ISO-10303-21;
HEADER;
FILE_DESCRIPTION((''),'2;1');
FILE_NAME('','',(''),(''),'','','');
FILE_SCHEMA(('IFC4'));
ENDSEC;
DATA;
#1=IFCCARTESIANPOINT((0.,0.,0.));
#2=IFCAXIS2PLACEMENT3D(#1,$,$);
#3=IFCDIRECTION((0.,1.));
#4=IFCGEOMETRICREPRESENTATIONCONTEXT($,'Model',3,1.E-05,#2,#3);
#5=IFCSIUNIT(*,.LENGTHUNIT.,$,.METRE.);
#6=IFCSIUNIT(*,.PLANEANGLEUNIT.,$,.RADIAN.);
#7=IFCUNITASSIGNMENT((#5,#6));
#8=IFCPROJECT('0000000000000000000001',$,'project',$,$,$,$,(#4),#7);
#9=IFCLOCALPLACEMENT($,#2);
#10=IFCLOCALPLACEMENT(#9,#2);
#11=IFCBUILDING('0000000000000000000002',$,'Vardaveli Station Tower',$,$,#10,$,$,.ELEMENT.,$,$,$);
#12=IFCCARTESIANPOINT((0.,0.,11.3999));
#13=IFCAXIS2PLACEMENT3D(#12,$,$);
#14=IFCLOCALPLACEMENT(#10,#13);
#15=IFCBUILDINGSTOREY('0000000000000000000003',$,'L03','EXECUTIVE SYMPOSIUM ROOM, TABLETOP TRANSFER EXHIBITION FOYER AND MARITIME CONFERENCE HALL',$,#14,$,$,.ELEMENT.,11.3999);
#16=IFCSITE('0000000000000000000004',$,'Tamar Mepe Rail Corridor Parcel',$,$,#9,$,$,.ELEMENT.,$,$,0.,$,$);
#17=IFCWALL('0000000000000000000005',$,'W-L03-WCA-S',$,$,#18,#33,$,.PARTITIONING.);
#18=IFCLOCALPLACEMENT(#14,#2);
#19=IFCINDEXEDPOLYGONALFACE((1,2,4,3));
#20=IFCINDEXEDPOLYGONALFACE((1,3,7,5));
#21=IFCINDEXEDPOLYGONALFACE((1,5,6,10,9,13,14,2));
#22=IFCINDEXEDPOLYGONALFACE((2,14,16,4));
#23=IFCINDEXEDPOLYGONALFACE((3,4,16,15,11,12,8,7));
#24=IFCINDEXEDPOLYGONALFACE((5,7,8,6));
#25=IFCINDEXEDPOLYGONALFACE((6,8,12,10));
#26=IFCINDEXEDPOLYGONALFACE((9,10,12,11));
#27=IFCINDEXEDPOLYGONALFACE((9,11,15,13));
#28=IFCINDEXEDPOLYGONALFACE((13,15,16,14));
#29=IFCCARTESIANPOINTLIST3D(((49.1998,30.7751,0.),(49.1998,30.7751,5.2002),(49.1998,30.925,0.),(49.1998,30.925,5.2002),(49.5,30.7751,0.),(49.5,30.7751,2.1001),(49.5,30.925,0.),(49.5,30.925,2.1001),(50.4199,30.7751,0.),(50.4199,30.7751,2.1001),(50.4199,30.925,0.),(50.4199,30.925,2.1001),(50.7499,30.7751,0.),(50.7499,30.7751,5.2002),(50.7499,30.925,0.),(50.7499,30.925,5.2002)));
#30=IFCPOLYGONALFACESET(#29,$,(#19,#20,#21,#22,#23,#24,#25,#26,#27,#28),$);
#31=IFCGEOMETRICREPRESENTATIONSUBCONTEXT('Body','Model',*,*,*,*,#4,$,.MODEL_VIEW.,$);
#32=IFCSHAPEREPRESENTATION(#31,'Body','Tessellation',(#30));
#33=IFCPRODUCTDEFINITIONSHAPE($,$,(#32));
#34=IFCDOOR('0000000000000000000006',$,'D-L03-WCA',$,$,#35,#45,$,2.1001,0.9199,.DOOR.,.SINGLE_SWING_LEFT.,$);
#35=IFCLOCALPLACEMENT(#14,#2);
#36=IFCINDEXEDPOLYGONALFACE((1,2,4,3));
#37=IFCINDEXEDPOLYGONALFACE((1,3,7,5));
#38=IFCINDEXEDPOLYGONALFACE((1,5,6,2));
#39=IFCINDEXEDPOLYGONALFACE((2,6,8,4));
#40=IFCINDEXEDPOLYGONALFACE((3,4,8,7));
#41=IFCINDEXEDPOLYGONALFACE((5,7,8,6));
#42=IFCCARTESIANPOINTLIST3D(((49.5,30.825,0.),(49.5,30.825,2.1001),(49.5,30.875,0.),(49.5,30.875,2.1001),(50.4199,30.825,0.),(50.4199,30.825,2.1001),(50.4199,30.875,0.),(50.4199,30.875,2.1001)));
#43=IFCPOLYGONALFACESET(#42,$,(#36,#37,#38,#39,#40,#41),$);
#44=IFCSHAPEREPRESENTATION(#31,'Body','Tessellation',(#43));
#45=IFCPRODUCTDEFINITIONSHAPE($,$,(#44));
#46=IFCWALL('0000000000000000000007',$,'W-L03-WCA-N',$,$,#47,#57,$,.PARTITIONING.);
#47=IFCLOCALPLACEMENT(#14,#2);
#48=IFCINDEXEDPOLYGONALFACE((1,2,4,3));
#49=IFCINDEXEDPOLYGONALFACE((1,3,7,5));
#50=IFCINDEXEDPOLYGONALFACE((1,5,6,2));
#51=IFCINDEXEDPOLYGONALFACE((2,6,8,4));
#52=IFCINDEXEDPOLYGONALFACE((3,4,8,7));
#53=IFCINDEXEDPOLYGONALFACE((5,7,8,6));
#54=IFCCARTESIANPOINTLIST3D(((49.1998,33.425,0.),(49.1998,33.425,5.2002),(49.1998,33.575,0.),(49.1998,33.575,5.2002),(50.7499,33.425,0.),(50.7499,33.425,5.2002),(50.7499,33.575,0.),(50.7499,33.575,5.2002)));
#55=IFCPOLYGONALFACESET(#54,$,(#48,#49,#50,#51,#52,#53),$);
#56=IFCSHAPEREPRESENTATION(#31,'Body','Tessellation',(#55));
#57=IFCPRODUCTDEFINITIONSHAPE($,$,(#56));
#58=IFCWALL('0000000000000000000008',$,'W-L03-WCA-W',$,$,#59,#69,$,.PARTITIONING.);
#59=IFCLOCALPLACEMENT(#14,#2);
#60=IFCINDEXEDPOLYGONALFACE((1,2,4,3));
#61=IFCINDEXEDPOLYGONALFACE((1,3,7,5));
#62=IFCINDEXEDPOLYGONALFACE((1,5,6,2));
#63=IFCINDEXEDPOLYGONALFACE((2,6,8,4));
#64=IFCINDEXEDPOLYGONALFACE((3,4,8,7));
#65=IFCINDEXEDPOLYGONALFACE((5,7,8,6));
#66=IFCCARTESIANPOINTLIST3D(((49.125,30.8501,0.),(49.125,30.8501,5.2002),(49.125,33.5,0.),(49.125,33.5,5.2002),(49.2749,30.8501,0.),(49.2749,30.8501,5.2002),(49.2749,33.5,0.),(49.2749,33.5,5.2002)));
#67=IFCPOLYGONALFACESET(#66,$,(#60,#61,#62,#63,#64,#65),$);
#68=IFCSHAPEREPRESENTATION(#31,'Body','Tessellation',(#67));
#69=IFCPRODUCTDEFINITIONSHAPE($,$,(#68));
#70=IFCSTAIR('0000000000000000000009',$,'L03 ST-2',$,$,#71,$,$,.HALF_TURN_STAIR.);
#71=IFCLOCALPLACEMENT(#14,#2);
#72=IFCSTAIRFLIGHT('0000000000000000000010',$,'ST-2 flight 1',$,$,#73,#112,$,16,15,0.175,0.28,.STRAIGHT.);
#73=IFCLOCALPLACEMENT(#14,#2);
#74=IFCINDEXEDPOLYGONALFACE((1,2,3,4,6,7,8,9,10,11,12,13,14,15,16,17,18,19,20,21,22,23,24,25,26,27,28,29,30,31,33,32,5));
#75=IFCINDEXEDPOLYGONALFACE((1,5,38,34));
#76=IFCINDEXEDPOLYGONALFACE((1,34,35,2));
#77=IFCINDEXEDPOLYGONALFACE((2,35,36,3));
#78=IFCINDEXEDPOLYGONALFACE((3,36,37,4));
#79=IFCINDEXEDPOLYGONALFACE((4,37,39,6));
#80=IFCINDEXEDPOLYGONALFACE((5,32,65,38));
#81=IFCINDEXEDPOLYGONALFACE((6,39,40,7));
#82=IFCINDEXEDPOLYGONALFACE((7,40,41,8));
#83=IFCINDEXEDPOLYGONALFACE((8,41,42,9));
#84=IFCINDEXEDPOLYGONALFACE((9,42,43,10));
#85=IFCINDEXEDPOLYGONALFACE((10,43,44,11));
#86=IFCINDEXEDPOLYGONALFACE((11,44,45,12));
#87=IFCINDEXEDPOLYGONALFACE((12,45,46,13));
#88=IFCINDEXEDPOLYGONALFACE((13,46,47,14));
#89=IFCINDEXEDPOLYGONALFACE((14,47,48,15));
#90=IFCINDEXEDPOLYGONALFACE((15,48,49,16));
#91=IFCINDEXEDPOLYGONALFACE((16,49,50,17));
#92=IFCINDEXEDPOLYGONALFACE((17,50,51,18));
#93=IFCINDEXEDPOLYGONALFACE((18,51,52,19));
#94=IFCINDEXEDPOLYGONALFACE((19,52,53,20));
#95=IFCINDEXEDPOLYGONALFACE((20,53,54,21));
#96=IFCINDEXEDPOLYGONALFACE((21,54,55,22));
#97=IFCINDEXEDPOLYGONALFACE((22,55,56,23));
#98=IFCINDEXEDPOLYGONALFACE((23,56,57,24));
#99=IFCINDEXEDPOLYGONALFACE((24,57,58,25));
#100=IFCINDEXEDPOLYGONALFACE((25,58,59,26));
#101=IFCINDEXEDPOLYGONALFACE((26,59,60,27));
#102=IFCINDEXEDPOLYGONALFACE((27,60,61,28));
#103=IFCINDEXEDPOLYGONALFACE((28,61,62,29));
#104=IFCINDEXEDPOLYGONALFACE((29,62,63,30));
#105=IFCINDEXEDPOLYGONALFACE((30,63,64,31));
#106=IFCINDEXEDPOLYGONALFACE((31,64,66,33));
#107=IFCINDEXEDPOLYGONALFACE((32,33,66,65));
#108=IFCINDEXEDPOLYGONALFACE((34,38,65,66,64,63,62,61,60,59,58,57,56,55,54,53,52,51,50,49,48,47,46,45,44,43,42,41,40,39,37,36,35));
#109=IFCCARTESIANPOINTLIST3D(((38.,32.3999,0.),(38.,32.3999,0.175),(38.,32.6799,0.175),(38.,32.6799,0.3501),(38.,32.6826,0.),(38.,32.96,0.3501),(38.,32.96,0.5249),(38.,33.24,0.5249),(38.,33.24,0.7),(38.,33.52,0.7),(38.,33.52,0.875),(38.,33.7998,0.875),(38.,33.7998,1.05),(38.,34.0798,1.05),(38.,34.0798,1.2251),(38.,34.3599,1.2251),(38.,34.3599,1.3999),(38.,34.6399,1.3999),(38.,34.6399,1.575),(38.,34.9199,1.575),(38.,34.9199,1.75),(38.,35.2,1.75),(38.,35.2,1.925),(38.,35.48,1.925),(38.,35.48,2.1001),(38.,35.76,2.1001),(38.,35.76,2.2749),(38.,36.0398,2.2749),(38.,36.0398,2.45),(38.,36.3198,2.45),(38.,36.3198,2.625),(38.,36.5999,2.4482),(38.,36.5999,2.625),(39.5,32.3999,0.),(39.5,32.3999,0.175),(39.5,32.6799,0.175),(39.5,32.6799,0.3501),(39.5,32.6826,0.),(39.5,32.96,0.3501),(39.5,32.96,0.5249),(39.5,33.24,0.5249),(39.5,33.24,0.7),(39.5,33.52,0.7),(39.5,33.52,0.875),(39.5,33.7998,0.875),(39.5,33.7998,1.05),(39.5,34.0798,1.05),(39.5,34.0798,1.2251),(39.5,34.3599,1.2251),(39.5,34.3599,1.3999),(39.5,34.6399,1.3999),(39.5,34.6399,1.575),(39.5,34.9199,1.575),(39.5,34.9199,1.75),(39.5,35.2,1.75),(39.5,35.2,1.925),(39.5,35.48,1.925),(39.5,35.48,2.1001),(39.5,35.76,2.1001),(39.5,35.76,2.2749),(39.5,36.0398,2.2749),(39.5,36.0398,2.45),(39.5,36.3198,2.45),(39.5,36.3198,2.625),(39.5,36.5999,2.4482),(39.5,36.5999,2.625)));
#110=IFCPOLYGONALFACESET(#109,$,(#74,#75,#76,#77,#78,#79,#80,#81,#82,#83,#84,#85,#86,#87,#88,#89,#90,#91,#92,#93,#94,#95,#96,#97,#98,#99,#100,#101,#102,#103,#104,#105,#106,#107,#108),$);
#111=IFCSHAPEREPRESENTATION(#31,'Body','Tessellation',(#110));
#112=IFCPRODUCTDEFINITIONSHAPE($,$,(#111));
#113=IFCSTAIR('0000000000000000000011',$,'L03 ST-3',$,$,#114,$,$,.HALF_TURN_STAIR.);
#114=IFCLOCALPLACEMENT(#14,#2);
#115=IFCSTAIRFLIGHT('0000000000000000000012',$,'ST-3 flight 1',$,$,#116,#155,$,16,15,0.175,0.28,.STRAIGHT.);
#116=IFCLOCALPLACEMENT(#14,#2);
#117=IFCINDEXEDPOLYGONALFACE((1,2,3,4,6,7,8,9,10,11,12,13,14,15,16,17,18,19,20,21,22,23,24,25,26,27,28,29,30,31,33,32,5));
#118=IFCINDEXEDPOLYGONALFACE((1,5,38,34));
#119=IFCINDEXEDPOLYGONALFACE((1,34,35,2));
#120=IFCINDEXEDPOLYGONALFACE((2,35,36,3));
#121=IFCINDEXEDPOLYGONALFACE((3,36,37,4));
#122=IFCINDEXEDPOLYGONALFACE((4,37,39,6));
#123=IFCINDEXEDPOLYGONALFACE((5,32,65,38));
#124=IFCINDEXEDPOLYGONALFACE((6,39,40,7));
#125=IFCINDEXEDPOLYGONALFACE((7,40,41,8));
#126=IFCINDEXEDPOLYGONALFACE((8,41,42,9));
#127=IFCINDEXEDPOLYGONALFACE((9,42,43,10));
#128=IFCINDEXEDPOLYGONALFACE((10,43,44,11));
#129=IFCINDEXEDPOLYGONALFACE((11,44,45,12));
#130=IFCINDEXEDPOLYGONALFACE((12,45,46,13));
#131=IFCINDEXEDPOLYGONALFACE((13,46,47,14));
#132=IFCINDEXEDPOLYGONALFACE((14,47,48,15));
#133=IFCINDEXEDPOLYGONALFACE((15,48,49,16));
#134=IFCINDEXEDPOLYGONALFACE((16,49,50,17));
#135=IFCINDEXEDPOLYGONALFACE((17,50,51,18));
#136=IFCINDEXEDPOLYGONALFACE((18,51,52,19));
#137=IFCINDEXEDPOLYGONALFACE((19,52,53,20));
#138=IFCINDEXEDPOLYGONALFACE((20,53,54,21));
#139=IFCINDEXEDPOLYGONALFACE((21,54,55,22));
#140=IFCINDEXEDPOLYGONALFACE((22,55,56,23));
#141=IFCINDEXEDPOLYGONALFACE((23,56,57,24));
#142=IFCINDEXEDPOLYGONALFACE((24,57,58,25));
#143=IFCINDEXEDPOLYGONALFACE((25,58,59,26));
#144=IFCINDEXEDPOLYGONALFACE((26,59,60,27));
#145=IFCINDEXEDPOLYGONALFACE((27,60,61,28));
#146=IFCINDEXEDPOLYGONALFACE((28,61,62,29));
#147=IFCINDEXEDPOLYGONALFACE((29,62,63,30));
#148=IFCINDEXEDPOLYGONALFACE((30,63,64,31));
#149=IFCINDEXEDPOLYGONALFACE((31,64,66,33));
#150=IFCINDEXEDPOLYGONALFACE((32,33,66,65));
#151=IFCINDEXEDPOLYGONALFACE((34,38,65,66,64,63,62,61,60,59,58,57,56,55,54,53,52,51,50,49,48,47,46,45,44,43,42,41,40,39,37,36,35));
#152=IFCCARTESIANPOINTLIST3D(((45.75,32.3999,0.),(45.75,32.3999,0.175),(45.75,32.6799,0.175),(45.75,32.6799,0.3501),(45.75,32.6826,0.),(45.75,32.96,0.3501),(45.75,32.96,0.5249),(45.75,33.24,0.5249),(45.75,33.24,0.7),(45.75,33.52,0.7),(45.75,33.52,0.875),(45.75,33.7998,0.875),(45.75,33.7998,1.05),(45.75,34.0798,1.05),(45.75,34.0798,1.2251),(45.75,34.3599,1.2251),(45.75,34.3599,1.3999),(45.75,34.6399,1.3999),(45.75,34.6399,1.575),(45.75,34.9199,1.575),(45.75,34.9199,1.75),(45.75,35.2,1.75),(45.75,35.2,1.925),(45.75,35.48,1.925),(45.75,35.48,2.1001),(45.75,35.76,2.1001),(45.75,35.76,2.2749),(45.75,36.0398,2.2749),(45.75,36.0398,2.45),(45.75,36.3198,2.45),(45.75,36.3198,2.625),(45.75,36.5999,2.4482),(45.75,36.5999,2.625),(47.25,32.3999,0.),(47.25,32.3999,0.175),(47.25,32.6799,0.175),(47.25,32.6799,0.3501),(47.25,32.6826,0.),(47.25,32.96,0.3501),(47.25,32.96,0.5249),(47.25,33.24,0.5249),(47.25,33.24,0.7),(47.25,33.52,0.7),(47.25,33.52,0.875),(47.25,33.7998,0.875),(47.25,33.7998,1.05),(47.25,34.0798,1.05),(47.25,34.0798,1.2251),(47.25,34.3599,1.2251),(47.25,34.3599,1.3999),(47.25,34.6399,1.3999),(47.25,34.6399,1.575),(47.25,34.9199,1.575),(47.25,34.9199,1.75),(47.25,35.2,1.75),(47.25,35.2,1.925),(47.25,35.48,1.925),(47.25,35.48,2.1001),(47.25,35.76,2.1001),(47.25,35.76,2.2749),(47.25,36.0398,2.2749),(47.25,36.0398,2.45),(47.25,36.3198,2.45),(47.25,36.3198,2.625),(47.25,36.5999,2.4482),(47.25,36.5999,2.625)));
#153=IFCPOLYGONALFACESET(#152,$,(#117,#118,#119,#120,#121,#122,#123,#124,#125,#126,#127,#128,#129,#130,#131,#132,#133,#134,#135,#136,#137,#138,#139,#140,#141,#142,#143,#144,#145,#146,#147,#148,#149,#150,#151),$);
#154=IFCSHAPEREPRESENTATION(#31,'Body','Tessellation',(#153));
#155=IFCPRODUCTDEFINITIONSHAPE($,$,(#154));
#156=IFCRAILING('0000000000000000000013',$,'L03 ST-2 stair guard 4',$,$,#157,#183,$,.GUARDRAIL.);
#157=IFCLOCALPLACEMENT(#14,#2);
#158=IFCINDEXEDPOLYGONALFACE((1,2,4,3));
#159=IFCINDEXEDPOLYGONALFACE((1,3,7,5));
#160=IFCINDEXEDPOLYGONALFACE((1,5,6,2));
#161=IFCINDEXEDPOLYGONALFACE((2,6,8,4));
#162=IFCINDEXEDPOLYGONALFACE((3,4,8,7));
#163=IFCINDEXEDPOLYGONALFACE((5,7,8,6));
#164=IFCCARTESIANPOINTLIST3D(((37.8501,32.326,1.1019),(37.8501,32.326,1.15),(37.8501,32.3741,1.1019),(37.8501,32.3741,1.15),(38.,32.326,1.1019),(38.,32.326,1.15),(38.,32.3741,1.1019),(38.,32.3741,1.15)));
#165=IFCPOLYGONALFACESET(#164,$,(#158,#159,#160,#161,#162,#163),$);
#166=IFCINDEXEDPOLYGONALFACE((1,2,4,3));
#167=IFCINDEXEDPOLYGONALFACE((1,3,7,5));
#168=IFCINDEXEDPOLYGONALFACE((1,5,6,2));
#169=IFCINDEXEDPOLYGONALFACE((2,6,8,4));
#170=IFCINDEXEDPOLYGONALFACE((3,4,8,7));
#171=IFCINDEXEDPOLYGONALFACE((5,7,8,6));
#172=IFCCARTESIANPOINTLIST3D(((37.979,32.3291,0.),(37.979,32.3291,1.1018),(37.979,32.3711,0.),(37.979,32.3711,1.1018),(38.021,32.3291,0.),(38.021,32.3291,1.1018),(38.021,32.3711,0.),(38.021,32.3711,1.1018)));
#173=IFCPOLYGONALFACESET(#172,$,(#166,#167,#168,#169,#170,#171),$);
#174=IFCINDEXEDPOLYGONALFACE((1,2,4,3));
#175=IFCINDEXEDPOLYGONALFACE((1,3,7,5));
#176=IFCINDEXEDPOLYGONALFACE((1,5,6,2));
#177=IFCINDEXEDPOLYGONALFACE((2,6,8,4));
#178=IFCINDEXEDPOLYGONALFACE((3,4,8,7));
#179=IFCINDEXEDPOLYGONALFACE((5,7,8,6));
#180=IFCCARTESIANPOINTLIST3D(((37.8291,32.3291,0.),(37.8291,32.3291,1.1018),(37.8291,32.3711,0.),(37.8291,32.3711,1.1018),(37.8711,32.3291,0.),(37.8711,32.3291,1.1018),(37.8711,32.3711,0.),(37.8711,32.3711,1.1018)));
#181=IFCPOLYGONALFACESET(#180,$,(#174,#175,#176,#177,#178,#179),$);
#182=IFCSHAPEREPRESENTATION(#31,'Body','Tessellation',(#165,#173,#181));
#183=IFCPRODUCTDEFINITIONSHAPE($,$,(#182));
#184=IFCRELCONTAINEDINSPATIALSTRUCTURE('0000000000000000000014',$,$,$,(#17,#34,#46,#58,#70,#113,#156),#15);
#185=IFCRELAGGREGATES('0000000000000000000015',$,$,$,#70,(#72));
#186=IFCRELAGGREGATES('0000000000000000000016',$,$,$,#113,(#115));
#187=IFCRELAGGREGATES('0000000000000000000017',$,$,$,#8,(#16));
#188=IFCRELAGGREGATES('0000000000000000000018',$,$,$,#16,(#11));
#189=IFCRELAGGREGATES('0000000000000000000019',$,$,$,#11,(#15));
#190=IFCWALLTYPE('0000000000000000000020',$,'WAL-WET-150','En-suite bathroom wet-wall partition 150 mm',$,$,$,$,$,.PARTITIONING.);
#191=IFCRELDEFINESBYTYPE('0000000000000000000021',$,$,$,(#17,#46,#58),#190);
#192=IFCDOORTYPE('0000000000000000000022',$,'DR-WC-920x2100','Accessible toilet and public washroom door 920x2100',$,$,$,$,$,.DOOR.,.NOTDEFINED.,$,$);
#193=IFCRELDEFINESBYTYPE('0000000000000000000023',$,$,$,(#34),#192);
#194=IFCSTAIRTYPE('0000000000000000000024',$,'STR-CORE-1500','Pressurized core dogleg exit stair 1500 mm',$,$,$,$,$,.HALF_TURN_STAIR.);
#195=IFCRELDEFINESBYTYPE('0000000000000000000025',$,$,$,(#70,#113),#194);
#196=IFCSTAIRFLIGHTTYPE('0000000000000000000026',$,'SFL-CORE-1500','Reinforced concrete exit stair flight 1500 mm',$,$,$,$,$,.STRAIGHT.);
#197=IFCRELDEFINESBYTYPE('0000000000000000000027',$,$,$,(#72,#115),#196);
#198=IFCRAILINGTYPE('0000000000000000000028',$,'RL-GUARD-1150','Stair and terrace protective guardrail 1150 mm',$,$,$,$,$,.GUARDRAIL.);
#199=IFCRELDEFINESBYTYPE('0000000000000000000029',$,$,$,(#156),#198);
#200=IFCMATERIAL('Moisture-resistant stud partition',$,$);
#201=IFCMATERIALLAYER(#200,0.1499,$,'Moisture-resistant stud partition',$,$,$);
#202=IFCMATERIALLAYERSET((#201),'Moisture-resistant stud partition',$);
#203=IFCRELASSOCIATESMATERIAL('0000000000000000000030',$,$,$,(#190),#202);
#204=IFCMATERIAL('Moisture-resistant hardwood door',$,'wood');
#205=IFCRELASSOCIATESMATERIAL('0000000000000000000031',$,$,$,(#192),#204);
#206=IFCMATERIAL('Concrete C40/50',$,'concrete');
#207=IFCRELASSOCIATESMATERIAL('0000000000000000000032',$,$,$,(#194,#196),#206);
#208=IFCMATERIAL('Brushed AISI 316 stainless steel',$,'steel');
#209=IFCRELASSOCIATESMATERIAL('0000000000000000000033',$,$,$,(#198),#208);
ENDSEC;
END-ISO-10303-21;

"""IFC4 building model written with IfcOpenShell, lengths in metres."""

from ifc_helpers import new_model, si_unit, direction, frame, frame_2d, origin, origin_2d, place, context, subcontext, project, spatial, polyline, rectangle, outline, extrude, source, transform, mapped, material, layer, layer_set, type_object, element, fill, aggregate, save


model = new_model("IFC4")

# Units and contexts
model_context = context("Model", 3, precision=1e-05, world=origin(), true_north=direction((0.0, 1.0)))
body_context = subcontext(model_context, "Body", "Model", "MODEL_VIEW")
ifc_project = project(units=[si_unit("LENGTHUNIT", "METRE"), si_unit("PLANEANGLEUNIT", "RADIAN")], contexts=[model_context])

# Site, building, storey
site_placement = place(None, origin())
site = spatial("IfcSite", under=ifc_project, at=site_placement, Name="Tamar Mepe Rail Corridor Parcel", CompositionType="ELEMENT", RefElevation=0.0)
building_placement = place(site_placement, origin())
building = spatial("IfcBuilding", under=site, at=building_placement, Name="Vardaveli Station Tower", CompositionType="ELEMENT")
storey_placement = place(building_placement, frame((0.0, 0.0, 11.3999)))
storey = spatial("IfcBuildingStorey", under=building, at=storey_placement, Name="L03", Description="EXECUTIVE SYMPOSIUM ROOM, TABLETOP TRANSFER EXHIBITION FOYER AND MARITIME CONFERENCE HALL", CompositionType="ELEMENT", Elevation=11.3999)

# Shared definitions
ifc_material_1 = material(Name="Concrete C40/50", Category="concrete")

# Wall, opening, door
ifc_material_2 = material(Name="Moisture-resistant stud partition")
ifc_layer_1 = layer(ifc_material_2, 0.1499, Name="Moisture-resistant stud partition")
ifc_layer_set_1 = layer_set([ifc_layer_1], Name="Moisture-resistant stud partition")
wall_type_1 = type_object("IfcWallType", Name="WAL-WET-150", Description="En-suite bathroom wet-wall partition 150 mm", PredefinedType="PARTITIONING", material=ifc_layer_set_1)
shared_shape_1 = source(origin(), body_context, "Body", "SweptSolid", [
    extrude(rectangle(XDim=1.55, YDim=0.1499, at=frame_2d((0.7749, 0.0))), origin(), (0.0, 0.0, 1.0), 5.2002),
])
wall_1_placement = place(storey_placement, frame((49.2, 30.8501, 0.0), z_axis=(0.0, 0.0, 1.0), x_axis=(1.0, 0.0, 0.0)))
wall_1 = element("IfcWall", 1, at=wall_1_placement, inside=storey, type_object=wall_type_1, Name="W-L03-WCA-S", PredefinedType="PARTITIONING", context=body_context, shape_type="MappedRepresentation", body=[
    mapped(shared_shape_1, transform((0.0, 0.0, 0.0), scale=1.0)),
])
shared_shape_2 = source(origin(), body_context, "Body", "SweptSolid", [
    extrude(rectangle(XDim=0.9199, YDim=2.1001, at=frame_2d((0.46, 1.05))), frame((0.0, 0.085, 0.0), z_axis=(0.0, -1.0, 0.0), x_axis=(1.0, 0.0, 0.0)), (0.0, 0.0, 1.0), 0.1699),
])
opening_1_placement = place(wall_1_placement, frame((0.3, 0.0, 0.0)))
opening_1 = element("IfcOpeningElement", 2, at=opening_1_placement, cuts=wall_1, PredefinedType="OPENING", context=body_context, shape_type="MappedRepresentation", body=[
    mapped(shared_shape_2, transform((0.0, 0.0, 0.0), scale=1.0)),
])
ifc_material_3 = material(Name="Moisture-resistant hardwood door", Category="wood")
door_type_1 = type_object("IfcDoorType", Name="DR-WC-920x2100", Description="Accessible toilet and public washroom door 920x2100", OperationType="NOTDEFINED", PredefinedType="DOOR", material=ifc_material_3)
shared_shape_3 = source(origin(), body_context, "Body", "SweptSolid", [
    extrude(rectangle(XDim=0.9199, YDim=2.1001, at=frame_2d((0.46, 1.05))), frame((0.0, 0.0249, 0.0), z_axis=(0.0, -1.0, 0.0), x_axis=(1.0, 0.0, 0.0)), (0.0, 0.0, 1.0), 0.05),
])
door_1_placement = place(opening_1_placement, origin())
door_1 = element("IfcDoor", 3, at=door_1_placement, inside=storey, type_object=door_type_1, Name="D-L03-WCA", OperationType="SINGLE_SWING_LEFT", OverallHeight=2.1001, OverallWidth=0.9199, PredefinedType="DOOR", context=body_context, shape_type="MappedRepresentation", body=[
    mapped(shared_shape_3, transform((0.0, 0.0, 0.0), scale=1.0)),
])
fill(opening_1, door_1)

# Walls
wall_2_placement = place(storey_placement, frame((49.2, 33.5, 0.0), z_axis=(0.0, 0.0, 1.0), x_axis=(1.0, 0.0, 0.0)))
element("IfcWall", 4, at=wall_2_placement, inside=storey, type_object=wall_type_1, Name="W-L03-WCA-N", PredefinedType="PARTITIONING", context=body_context, shape_type="MappedRepresentation", body=[
    mapped(shared_shape_1, transform((0.0, 0.0, 0.0), scale=1.0)),
])
shared_shape_4 = source(origin(), body_context, "Body", "SweptSolid", [
    extrude(rectangle(XDim=2.6499, YDim=0.1499, at=frame_2d((1.325, 0.0))), origin(), (0.0, 0.0, 1.0), 5.2002),
])
wall_3_placement = place(storey_placement, frame((49.2, 30.8501, 0.0), z_axis=(0.0, 0.0, 1.0), x_axis=(0.0, 1.0, 0.0)))
element("IfcWall", 5, at=wall_3_placement, inside=storey, type_object=wall_type_1, Name="W-L03-WCA-W", PredefinedType="PARTITIONING", context=body_context, shape_type="MappedRepresentation", body=[
    mapped(shared_shape_4, transform((0.0, 0.0, 0.0), scale=1.0)),
])

# Stairs, stair flights
stair_type = type_object("IfcStairType", Name="STR-CORE-1500", Description="Pressurized core dogleg exit stair 1500 mm", PredefinedType="HALF_TURN_STAIR", material=ifc_material_1)
stair_1_placement = place(storey_placement, origin())
stair_1 = element("IfcStair", 6, at=stair_1_placement, inside=storey, type_object=stair_type, Name="L03 ST-2", PredefinedType="HALF_TURN_STAIR")
stair_flight_type = type_object("IfcStairFlightType", Name="SFL-CORE-1500", Description="Reinforced concrete exit stair flight 1500 mm", PredefinedType="STRAIGHT", material=ifc_material_1)
shared_shape_5 = source(origin(), body_context, "Body", "SweptSolid", [
    extrude(outline(polyline([(0.0, 0.0), (0.0, 0.175), (0.28, 0.175), (0.28, 0.3501), (0.5601, 0.3501), (0.5601, 0.5249), (0.8401, 0.5249), (0.8401, 0.7), (1.1201, 0.7), (1.1201, 0.875), (1.3999, 0.875), (1.3999, 1.05), (1.6799, 1.05), (1.6799, 1.2251), (1.96, 1.2251), (1.96, 1.3999), (2.24, 1.3999), (2.24, 1.575), (2.52, 1.575), (2.52, 1.75), (2.8, 1.75), (2.8, 1.925), (3.0801, 1.925), (3.0801, 2.1001), (3.3601, 2.1001), (3.3601, 2.2749), (3.6399, 2.2749), (3.6399, 2.45), (3.9199, 2.45), (3.9199, 2.625), (4.2, 2.625), (4.2, 2.8), (4.2, 2.4482), (0.2827, 0.0), (0.0, 0.0)])), frame((0.0, 0.75, 0.0), z_axis=(0.0, -1.0, 0.0), x_axis=(1.0, 0.0, 0.0)), (0.0, 0.0, 1.0), 1.5),
])
stair_flight_1_placement = place(storey_placement, frame((38.75, 32.3999, 0.0), z_axis=(0.0, 0.0, 1.0), x_axis=(0.0, 1.0, 0.0)))
stair_flight_1 = element("IfcStairFlight", 7, at=stair_flight_1_placement, type_object=stair_flight_type, Name="ST-2 flight 1", NumberOfRisers=16, NumberOfTreads=15, PredefinedType="STRAIGHT", RiserHeight=0.175, TreadLength=0.28, context=body_context, shape_type="MappedRepresentation", body=[
    mapped(shared_shape_5, transform((0.0, 0.0, 0.0), scale=1.0)),
])
aggregate(stair_1, [stair_flight_1])
stair_2_placement = place(storey_placement, origin())
stair_2 = element("IfcStair", 8, at=stair_2_placement, inside=storey, type_object=stair_type, Name="L03 ST-3", PredefinedType="HALF_TURN_STAIR")
stair_flight_2_placement = place(storey_placement, frame((46.5, 32.3999, 0.0), z_axis=(0.0, 0.0, 1.0), x_axis=(0.0, 1.0, 0.0)))
stair_flight_2 = element("IfcStairFlight", 9, at=stair_flight_2_placement, type_object=stair_flight_type, Name="ST-3 flight 1", NumberOfRisers=16, NumberOfTreads=15, PredefinedType="STRAIGHT", RiserHeight=0.175, TreadLength=0.28, context=body_context, shape_type="MappedRepresentation", body=[
    mapped(shared_shape_5, transform((0.0, 0.0, 0.0), scale=1.0)),
])
aggregate(stair_2, [stair_flight_2])

# Railing
ifc_material_4 = material(Name="Brushed AISI 316 stainless steel", Category="steel")
railing_type_1 = type_object("IfcRailingType", Name="RL-GUARD-1150", Description="Stair and terrace protective guardrail 1150 mm", PredefinedType="GUARDRAIL", material=ifc_material_4)
shared_shape_6 = source(origin(), body_context, "Body", "SweptSolid", [
    extrude(rectangle(XDim=0.0481, YDim=0.0481, at=origin_2d()), frame((0.0, 0.0, 1.126), z_axis=(-1.0, 0.0, 0.0), x_axis=(0.0, -1.0, 0.0)), (0.0, 0.0, 1.0), 0.1499),
    extrude(rectangle(XDim=0.042, YDim=0.042, at=origin_2d()), origin(), (0.0, 0.0, 1.0), 1.1018),
    extrude(rectangle(XDim=0.042, YDim=0.042, at=origin_2d()), frame((-0.1499, 0.0, 0.0)), (0.0, 0.0, 1.0), 1.1018),
])
for number, where, name in (
    (10, (38.0, 32.3501, 0.0), "L03 ST-2 stair guard 4"),
):
    element("IfcRailing", number, at=place(storey_placement, frame(where)), inside=storey, type_object=railing_type_1, Name=name, PredefinedType="GUARDRAIL", context=body_context, shape_type="MappedRepresentation", body=[
        mapped(shared_shape_6, transform((0.0, 0.0, 0.0), scale=1.0)),
    ])

save(model, "model.ifc")
